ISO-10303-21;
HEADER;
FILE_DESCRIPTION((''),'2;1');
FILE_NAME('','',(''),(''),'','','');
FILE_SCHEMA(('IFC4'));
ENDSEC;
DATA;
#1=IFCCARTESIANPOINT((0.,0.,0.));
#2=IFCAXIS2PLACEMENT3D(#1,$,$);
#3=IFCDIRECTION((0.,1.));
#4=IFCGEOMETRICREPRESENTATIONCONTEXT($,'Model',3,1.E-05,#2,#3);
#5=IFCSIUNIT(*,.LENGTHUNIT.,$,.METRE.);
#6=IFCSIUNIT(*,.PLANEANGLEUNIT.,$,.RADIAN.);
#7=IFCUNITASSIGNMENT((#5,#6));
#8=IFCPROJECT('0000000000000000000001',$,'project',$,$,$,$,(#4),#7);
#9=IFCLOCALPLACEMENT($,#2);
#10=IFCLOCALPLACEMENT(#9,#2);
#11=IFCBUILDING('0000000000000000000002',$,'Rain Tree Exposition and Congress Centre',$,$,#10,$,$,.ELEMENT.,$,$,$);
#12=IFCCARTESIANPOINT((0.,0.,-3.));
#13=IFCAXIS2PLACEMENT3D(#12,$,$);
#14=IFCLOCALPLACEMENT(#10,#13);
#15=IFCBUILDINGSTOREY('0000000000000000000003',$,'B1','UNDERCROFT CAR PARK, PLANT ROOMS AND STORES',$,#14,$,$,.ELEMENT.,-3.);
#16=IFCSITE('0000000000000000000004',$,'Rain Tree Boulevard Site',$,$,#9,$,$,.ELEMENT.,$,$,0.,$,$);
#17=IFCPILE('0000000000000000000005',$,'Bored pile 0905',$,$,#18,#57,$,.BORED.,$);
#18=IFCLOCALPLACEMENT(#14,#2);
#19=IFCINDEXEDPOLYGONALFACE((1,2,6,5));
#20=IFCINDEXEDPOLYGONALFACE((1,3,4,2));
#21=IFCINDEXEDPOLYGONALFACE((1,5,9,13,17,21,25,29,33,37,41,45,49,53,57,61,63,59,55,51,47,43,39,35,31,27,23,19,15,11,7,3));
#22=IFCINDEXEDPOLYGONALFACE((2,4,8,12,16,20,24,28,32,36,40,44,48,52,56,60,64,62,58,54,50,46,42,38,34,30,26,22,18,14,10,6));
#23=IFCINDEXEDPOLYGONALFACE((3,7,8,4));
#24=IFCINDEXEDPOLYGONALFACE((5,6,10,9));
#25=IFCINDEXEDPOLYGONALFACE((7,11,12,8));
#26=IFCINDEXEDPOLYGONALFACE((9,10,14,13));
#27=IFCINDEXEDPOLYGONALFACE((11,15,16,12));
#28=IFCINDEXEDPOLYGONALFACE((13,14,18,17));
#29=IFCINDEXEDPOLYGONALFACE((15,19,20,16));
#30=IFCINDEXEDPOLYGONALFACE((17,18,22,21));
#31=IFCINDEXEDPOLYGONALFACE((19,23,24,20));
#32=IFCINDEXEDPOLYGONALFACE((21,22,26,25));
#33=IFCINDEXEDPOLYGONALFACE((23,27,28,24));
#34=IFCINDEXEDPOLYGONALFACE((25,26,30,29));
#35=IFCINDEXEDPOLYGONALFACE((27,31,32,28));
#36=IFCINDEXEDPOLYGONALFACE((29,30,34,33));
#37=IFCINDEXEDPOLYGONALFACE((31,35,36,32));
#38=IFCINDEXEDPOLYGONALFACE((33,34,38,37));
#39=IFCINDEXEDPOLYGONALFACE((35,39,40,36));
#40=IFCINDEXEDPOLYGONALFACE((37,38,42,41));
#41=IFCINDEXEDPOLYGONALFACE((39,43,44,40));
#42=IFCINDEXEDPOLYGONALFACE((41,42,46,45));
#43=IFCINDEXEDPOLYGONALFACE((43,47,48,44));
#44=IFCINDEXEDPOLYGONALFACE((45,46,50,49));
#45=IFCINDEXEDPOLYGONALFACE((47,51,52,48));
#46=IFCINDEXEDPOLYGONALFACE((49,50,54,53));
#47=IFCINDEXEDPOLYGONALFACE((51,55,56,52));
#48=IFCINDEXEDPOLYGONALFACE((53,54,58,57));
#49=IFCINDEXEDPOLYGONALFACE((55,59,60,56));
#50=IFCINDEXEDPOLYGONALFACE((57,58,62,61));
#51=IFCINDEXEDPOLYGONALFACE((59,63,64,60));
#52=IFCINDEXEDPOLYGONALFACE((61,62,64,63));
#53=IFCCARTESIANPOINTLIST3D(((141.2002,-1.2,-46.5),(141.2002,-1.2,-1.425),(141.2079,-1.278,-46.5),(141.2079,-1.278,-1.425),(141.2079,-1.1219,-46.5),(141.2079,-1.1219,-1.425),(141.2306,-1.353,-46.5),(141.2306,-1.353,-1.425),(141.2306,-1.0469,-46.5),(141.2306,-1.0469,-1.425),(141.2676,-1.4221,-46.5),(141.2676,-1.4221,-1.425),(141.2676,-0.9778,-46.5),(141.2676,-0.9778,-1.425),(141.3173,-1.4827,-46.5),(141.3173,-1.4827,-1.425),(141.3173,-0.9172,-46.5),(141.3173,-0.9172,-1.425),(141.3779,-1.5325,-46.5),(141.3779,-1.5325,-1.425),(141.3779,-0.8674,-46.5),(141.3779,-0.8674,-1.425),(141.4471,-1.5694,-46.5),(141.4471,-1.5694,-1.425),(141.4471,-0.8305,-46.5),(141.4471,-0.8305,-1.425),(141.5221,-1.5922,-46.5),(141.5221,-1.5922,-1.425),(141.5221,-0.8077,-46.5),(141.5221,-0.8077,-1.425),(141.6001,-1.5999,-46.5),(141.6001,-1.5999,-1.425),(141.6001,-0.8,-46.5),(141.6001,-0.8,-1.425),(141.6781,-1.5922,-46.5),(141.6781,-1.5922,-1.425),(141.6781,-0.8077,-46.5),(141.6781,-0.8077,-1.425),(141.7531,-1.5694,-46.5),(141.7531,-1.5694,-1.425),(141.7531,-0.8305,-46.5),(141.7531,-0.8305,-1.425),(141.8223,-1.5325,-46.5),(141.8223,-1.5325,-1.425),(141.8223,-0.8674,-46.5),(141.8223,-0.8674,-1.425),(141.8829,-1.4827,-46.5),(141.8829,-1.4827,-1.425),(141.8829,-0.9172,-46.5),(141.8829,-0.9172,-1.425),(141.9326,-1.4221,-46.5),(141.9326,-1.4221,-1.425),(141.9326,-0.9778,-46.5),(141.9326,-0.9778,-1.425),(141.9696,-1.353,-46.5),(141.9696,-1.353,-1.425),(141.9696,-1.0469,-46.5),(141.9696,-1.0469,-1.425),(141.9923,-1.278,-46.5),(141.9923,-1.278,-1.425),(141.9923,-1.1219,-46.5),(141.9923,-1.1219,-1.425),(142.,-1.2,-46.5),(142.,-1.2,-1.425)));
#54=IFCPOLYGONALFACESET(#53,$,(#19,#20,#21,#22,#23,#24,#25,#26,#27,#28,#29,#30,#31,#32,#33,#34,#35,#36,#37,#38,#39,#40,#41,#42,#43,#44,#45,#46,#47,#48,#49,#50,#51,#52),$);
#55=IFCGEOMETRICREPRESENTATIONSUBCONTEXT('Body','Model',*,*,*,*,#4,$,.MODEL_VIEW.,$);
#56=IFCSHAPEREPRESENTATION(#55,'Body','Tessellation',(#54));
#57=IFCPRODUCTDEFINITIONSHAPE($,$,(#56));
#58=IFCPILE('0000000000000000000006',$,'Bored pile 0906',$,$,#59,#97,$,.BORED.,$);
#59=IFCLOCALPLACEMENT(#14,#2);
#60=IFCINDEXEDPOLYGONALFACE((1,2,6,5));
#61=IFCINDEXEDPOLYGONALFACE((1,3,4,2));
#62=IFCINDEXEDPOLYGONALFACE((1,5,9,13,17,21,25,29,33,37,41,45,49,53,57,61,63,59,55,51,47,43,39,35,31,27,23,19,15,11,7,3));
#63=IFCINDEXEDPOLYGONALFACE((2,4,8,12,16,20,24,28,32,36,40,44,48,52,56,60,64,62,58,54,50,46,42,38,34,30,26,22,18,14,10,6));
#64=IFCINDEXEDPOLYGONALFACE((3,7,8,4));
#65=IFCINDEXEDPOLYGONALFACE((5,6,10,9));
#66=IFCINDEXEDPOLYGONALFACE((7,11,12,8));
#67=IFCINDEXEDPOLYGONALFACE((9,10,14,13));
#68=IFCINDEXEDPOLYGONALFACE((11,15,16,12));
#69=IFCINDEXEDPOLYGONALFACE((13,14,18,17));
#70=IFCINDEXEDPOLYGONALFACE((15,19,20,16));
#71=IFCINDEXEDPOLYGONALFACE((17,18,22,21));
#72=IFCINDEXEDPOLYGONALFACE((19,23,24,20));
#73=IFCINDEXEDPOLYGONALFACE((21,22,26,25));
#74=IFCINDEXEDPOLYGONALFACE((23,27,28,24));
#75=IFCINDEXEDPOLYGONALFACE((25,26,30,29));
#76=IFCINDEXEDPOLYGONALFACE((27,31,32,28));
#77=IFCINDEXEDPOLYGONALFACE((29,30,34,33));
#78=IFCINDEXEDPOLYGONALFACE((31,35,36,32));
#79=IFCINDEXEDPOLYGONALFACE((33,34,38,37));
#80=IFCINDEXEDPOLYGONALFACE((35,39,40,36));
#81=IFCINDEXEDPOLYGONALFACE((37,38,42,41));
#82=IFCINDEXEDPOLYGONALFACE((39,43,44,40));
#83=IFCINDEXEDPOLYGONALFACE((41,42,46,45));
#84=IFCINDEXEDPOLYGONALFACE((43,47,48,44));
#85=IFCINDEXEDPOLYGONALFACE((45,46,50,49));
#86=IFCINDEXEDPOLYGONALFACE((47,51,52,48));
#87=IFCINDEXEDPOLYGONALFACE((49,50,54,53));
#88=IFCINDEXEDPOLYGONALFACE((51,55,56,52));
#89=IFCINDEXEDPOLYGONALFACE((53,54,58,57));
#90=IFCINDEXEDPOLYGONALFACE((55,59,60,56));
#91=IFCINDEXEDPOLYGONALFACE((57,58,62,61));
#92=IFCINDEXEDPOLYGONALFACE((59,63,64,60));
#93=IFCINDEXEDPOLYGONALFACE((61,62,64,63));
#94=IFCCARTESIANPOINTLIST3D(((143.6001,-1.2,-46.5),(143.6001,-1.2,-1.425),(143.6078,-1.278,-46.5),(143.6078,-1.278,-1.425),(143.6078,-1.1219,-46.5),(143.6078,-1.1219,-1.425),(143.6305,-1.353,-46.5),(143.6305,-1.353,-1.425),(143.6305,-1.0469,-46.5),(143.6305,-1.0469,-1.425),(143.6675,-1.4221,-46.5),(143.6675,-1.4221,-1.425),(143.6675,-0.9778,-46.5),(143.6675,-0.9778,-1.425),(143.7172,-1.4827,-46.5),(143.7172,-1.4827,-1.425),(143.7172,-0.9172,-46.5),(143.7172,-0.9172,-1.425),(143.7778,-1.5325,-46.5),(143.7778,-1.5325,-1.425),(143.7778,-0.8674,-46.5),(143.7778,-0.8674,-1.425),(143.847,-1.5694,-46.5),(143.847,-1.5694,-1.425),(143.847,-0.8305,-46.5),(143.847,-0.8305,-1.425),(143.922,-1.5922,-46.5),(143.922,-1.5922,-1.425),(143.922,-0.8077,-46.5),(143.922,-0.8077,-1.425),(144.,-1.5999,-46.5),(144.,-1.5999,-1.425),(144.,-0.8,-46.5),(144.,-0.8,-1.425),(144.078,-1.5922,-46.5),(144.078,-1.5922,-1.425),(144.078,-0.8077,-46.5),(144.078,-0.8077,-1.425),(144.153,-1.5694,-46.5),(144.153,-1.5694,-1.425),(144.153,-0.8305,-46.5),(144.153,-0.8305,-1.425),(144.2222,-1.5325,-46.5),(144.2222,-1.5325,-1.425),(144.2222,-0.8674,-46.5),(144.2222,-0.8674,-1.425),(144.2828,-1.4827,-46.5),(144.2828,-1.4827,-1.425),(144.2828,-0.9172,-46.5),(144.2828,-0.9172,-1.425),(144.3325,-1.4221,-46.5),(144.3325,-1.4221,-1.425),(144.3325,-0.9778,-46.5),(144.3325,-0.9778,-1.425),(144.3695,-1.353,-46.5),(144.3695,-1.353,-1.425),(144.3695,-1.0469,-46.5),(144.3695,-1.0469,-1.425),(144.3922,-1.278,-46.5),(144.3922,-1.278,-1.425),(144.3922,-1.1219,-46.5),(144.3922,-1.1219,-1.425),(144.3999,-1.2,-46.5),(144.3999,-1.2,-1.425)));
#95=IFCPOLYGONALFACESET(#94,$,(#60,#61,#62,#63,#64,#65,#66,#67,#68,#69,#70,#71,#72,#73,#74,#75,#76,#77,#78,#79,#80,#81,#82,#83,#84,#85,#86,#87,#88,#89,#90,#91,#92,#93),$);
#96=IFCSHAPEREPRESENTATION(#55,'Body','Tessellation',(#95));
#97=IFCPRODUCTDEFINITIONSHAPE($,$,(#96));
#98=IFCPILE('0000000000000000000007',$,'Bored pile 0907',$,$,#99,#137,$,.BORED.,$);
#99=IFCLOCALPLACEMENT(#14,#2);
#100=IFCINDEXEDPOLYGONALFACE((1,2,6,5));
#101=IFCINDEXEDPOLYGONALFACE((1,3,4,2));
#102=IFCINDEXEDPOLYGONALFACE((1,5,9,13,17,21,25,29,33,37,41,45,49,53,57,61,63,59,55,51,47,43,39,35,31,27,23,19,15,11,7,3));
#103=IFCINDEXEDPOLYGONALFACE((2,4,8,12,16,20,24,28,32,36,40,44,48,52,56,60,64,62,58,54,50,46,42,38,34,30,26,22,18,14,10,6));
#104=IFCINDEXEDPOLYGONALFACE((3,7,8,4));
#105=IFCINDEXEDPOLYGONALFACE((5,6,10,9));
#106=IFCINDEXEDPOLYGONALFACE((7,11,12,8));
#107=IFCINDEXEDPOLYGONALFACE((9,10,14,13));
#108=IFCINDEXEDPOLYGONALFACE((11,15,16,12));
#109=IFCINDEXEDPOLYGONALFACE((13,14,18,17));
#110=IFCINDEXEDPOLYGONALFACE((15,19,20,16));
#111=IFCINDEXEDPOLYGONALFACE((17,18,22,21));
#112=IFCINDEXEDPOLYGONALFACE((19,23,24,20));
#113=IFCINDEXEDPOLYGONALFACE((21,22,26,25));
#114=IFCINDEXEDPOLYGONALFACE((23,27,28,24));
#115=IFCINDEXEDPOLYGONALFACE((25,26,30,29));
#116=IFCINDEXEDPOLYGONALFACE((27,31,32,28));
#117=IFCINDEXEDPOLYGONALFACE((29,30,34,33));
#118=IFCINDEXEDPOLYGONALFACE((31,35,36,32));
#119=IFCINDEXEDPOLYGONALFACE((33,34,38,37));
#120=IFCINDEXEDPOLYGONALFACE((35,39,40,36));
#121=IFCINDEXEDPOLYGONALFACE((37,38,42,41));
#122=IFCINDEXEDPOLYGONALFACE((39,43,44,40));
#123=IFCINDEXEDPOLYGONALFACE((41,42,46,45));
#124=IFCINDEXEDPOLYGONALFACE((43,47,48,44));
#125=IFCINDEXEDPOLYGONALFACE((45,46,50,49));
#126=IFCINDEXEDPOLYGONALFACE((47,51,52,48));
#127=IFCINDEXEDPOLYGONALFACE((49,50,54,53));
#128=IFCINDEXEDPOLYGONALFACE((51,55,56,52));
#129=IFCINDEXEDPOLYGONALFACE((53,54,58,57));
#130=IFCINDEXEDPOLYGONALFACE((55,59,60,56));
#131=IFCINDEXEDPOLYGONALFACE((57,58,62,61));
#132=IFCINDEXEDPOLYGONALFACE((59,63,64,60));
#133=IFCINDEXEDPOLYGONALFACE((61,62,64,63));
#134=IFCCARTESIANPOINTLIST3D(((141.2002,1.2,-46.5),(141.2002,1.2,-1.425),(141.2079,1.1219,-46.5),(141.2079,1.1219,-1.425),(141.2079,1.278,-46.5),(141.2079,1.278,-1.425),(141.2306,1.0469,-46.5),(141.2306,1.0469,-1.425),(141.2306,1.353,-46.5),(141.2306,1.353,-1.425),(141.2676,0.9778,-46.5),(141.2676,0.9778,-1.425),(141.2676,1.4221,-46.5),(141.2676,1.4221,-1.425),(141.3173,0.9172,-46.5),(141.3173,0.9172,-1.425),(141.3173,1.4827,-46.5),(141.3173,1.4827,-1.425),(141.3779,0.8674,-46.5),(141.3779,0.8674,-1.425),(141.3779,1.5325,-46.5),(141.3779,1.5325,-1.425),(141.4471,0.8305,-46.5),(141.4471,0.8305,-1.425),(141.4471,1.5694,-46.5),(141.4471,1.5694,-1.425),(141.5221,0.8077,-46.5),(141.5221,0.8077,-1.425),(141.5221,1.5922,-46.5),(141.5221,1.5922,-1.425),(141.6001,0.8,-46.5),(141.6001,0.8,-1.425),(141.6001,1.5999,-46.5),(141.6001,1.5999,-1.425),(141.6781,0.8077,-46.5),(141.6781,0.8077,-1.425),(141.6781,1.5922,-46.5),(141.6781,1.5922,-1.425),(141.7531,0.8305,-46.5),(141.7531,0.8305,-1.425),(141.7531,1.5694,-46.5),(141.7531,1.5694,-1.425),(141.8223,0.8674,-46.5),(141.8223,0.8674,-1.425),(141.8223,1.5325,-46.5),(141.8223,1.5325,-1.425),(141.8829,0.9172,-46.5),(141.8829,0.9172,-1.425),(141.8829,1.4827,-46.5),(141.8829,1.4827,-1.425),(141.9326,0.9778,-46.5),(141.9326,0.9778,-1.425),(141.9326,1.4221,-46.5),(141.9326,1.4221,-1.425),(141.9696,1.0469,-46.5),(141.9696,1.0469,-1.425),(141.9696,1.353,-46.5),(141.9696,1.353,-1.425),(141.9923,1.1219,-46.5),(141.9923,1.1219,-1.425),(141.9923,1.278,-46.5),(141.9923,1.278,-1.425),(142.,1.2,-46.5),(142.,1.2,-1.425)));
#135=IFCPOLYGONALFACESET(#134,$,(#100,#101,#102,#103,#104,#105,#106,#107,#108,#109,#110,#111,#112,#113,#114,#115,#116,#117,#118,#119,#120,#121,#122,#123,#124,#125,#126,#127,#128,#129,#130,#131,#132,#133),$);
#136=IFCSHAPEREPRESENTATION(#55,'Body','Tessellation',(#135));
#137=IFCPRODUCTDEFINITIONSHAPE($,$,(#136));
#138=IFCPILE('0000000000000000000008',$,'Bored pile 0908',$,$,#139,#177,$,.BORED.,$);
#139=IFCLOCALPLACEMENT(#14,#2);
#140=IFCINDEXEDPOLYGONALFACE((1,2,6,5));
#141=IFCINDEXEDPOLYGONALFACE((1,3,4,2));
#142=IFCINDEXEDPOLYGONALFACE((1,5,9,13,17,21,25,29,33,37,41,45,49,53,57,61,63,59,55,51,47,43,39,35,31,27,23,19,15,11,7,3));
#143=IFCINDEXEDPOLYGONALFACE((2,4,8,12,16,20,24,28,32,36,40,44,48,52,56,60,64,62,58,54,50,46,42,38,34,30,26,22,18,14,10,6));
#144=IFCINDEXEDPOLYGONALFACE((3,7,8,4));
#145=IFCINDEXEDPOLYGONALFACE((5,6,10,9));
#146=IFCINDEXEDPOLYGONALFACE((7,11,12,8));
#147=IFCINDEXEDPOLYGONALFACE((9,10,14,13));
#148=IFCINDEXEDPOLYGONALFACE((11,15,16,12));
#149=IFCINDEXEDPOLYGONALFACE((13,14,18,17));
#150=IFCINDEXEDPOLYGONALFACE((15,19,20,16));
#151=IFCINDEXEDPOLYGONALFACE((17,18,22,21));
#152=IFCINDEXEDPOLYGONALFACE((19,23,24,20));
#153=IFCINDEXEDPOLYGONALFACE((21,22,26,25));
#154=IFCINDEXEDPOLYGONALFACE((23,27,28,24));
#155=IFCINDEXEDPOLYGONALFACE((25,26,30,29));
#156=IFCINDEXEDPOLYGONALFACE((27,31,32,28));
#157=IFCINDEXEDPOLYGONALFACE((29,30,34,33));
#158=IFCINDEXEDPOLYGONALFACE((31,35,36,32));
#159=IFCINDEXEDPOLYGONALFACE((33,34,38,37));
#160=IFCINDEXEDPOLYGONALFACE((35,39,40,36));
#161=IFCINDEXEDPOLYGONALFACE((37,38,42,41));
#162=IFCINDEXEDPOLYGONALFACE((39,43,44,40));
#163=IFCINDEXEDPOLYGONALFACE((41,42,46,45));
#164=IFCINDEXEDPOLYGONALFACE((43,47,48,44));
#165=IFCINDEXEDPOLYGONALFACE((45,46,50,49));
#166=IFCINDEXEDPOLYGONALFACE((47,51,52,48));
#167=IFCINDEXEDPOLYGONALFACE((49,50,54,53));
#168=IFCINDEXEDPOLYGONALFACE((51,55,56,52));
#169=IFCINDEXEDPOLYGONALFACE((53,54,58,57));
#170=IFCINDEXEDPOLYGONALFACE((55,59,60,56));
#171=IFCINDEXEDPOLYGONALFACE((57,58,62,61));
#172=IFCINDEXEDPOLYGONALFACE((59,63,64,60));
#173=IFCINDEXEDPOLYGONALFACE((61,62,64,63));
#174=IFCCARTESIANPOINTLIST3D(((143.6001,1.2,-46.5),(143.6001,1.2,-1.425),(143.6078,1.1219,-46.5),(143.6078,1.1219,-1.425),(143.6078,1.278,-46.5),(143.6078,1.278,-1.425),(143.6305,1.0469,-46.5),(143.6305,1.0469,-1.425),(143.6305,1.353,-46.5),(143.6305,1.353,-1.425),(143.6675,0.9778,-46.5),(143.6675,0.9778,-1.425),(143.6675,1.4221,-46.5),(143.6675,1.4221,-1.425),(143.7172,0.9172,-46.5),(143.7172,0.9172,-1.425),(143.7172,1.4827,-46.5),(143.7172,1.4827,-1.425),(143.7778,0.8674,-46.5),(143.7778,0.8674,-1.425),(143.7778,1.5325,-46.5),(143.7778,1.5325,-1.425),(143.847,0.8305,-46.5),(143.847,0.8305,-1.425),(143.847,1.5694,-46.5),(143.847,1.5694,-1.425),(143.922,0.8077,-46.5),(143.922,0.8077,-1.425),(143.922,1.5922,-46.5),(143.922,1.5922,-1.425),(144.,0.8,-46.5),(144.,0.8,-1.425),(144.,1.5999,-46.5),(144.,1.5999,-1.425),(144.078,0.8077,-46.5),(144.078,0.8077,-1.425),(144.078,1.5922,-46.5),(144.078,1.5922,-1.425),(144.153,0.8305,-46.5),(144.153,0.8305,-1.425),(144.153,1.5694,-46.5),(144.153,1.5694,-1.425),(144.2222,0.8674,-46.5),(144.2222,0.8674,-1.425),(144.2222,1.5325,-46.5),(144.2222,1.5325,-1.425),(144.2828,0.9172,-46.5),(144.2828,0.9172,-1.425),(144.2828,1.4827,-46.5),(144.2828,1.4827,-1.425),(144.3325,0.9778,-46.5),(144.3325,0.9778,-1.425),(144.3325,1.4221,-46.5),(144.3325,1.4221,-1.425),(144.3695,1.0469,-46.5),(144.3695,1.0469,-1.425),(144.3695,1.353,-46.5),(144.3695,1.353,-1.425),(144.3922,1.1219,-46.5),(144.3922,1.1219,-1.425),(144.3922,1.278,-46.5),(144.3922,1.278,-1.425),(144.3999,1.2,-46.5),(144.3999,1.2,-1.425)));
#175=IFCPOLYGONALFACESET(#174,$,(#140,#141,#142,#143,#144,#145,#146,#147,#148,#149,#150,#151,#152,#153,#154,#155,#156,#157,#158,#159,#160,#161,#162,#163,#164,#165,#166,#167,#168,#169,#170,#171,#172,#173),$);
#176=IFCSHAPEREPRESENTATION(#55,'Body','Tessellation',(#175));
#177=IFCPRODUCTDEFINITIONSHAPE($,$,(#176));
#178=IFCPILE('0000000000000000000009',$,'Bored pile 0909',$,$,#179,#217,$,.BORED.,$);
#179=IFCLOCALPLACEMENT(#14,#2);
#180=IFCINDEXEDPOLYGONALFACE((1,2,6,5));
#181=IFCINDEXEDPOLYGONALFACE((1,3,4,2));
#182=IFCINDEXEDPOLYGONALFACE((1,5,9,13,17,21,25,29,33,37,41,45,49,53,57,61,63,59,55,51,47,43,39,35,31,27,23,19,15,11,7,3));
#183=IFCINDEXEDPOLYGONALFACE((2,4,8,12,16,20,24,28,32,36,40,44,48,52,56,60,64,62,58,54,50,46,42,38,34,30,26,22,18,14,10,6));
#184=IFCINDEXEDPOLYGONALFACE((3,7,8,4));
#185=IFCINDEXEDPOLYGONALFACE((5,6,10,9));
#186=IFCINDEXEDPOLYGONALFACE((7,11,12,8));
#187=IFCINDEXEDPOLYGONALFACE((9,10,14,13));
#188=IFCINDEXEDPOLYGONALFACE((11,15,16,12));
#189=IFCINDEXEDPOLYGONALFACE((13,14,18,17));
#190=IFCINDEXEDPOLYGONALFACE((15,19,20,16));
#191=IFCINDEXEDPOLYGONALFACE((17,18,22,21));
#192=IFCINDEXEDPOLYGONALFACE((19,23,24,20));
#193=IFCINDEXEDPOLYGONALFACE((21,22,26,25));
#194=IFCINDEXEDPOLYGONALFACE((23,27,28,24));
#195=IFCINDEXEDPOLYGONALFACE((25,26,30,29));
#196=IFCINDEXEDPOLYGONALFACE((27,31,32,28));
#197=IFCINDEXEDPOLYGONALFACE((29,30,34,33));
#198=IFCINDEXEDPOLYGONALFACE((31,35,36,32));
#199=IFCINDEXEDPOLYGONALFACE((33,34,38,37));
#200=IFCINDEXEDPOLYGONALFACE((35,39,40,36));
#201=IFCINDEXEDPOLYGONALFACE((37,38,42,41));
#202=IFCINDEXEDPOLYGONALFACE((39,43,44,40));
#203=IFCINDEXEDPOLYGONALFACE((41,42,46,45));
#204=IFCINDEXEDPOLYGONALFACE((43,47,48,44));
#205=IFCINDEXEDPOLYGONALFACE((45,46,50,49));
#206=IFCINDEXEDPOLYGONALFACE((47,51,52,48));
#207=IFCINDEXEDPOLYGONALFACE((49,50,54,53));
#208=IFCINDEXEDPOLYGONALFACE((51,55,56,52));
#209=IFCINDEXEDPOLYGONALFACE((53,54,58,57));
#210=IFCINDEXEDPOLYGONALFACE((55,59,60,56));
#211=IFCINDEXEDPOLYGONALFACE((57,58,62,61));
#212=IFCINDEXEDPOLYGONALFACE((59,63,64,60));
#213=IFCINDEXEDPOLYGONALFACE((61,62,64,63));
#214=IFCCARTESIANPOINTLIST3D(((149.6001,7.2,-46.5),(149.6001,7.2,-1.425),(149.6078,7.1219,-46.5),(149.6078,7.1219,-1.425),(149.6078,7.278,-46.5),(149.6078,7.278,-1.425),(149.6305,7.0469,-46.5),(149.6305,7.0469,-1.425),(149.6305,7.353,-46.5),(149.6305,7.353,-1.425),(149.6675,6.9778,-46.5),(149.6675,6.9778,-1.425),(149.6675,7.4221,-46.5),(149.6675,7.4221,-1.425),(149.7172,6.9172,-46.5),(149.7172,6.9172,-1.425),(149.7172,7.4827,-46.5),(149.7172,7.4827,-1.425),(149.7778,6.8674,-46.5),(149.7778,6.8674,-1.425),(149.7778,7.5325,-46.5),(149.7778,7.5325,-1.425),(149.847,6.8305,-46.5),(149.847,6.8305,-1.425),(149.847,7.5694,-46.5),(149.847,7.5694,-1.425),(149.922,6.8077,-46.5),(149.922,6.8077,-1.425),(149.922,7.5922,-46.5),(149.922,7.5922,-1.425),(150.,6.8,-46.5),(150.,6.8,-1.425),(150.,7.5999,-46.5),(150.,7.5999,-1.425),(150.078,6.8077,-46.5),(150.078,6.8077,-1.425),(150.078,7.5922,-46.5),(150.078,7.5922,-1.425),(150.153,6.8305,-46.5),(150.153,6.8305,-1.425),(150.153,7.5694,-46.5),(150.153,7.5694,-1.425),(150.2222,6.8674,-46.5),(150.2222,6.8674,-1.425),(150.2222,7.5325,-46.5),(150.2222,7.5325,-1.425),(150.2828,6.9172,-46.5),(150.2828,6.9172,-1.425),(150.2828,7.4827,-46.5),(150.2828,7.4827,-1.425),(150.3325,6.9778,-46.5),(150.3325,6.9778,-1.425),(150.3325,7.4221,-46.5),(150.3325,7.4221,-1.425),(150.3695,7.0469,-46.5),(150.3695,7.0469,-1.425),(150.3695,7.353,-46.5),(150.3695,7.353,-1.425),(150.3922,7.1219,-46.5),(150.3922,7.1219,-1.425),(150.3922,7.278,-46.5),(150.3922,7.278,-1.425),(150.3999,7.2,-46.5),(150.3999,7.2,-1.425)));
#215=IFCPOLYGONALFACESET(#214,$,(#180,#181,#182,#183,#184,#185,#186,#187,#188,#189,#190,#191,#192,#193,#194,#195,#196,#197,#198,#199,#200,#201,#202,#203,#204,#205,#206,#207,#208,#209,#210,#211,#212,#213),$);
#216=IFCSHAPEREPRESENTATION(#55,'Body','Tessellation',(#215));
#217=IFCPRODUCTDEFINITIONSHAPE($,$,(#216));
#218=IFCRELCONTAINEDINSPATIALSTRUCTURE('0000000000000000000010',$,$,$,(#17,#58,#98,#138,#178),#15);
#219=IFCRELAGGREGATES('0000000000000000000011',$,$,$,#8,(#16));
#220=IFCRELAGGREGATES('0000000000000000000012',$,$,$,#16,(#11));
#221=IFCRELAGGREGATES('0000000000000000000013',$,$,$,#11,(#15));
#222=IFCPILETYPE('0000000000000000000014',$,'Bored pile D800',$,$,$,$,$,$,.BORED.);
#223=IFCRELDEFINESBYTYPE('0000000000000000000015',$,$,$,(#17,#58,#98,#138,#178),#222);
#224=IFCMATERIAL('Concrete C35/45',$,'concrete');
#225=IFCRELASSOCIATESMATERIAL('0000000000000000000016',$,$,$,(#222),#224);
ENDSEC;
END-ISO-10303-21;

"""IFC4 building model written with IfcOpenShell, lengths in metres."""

from ifc_helpers import new_model, si_unit, direction, frame, origin, origin_2d, place, context, subcontext, project, spatial, circle, extrude, material, material_profile, profile_set, type_object, element, save


model = new_model("IFC4")

# Units and contexts
model_context = context("Model", 3, precision=1e-05, world=origin(), true_north=direction((0.0, 1.0)))
body_context = subcontext(model_context, "Body", "Model", "MODEL_VIEW")
ifc_project = project(units=[si_unit("LENGTHUNIT", "METRE"), si_unit("PLANEANGLEUNIT", "RADIAN")], contexts=[model_context])

# Site, building, storey
site_placement = place(None, origin())
site = spatial("IfcSite", under=ifc_project, at=site_placement, Name="Rain Tree Boulevard Site", CompositionType="ELEMENT", RefElevation=0.0)
building_placement = place(site_placement, origin())
building = spatial("IfcBuilding", under=site, at=building_placement, Name="Rain Tree Exposition and Congress Centre", CompositionType="ELEMENT")
storey_placement = place(building_placement, frame((0.0, 0.0, -3.0)))
storey = spatial("IfcBuildingStorey", under=building, at=storey_placement, Name="B1", Description="UNDERCROFT CAR PARK, PLANT ROOMS AND STORES", CompositionType="ELEMENT", Elevation=-3.0)

# Piles
ifc_material_1 = material(Name="Concrete C35/45", Category="concrete")
ifc_material_profile_1 = material_profile(ifc_material_1, circle(Radius=0.3999, at=origin_2d()), Name="D800")
ifc_profile_set_1 = profile_set([ifc_material_profile_1], Name="Concrete C35/45")
pile_type_1 = type_object("IfcPileType", Name="Bored pile D800", PredefinedType="BORED", material=ifc_profile_set_1)
for number, where, z_axis, x_axis, name in (
    (1, (141.6001, -1.2, -1.425), (0.0, 0.0, -1.0), (1.0, 0.0, 0.0), "Bored pile 0905"),
    (2, (144.0, -1.2, -1.425), (0.0, 0.0, -1.0), (1.0, 0.0, 0.0), "Bored pile 0906"),
    (3, (141.6001, 1.2, -1.425), (0.0, 0.0, -1.0), (1.0, 0.0, 0.0), "Bored pile 0907"),
    (4, (144.0, 1.2, -1.425), (0.0, 0.0, -1.0), (1.0, 0.0, 0.0), "Bored pile 0908"),
    (5, (150.0, 7.2, -1.425), (0.0, 0.0, -1.0), (1.0, 0.0, 0.0), "Bored pile 0909"),
):
    element("IfcPile", number, at=place(storey_placement, frame(where, z_axis=z_axis, x_axis=x_axis)), inside=storey, type_object=pile_type_1, Name=name, PredefinedType="BORED", context=body_context, shape_type="SweptSolid", body=[
        extrude(circle(Radius=0.3999, at=origin_2d()), origin(), (0.0, 0.0, 1.0), 45.075),
    ])

save(model, "model.ifc")
